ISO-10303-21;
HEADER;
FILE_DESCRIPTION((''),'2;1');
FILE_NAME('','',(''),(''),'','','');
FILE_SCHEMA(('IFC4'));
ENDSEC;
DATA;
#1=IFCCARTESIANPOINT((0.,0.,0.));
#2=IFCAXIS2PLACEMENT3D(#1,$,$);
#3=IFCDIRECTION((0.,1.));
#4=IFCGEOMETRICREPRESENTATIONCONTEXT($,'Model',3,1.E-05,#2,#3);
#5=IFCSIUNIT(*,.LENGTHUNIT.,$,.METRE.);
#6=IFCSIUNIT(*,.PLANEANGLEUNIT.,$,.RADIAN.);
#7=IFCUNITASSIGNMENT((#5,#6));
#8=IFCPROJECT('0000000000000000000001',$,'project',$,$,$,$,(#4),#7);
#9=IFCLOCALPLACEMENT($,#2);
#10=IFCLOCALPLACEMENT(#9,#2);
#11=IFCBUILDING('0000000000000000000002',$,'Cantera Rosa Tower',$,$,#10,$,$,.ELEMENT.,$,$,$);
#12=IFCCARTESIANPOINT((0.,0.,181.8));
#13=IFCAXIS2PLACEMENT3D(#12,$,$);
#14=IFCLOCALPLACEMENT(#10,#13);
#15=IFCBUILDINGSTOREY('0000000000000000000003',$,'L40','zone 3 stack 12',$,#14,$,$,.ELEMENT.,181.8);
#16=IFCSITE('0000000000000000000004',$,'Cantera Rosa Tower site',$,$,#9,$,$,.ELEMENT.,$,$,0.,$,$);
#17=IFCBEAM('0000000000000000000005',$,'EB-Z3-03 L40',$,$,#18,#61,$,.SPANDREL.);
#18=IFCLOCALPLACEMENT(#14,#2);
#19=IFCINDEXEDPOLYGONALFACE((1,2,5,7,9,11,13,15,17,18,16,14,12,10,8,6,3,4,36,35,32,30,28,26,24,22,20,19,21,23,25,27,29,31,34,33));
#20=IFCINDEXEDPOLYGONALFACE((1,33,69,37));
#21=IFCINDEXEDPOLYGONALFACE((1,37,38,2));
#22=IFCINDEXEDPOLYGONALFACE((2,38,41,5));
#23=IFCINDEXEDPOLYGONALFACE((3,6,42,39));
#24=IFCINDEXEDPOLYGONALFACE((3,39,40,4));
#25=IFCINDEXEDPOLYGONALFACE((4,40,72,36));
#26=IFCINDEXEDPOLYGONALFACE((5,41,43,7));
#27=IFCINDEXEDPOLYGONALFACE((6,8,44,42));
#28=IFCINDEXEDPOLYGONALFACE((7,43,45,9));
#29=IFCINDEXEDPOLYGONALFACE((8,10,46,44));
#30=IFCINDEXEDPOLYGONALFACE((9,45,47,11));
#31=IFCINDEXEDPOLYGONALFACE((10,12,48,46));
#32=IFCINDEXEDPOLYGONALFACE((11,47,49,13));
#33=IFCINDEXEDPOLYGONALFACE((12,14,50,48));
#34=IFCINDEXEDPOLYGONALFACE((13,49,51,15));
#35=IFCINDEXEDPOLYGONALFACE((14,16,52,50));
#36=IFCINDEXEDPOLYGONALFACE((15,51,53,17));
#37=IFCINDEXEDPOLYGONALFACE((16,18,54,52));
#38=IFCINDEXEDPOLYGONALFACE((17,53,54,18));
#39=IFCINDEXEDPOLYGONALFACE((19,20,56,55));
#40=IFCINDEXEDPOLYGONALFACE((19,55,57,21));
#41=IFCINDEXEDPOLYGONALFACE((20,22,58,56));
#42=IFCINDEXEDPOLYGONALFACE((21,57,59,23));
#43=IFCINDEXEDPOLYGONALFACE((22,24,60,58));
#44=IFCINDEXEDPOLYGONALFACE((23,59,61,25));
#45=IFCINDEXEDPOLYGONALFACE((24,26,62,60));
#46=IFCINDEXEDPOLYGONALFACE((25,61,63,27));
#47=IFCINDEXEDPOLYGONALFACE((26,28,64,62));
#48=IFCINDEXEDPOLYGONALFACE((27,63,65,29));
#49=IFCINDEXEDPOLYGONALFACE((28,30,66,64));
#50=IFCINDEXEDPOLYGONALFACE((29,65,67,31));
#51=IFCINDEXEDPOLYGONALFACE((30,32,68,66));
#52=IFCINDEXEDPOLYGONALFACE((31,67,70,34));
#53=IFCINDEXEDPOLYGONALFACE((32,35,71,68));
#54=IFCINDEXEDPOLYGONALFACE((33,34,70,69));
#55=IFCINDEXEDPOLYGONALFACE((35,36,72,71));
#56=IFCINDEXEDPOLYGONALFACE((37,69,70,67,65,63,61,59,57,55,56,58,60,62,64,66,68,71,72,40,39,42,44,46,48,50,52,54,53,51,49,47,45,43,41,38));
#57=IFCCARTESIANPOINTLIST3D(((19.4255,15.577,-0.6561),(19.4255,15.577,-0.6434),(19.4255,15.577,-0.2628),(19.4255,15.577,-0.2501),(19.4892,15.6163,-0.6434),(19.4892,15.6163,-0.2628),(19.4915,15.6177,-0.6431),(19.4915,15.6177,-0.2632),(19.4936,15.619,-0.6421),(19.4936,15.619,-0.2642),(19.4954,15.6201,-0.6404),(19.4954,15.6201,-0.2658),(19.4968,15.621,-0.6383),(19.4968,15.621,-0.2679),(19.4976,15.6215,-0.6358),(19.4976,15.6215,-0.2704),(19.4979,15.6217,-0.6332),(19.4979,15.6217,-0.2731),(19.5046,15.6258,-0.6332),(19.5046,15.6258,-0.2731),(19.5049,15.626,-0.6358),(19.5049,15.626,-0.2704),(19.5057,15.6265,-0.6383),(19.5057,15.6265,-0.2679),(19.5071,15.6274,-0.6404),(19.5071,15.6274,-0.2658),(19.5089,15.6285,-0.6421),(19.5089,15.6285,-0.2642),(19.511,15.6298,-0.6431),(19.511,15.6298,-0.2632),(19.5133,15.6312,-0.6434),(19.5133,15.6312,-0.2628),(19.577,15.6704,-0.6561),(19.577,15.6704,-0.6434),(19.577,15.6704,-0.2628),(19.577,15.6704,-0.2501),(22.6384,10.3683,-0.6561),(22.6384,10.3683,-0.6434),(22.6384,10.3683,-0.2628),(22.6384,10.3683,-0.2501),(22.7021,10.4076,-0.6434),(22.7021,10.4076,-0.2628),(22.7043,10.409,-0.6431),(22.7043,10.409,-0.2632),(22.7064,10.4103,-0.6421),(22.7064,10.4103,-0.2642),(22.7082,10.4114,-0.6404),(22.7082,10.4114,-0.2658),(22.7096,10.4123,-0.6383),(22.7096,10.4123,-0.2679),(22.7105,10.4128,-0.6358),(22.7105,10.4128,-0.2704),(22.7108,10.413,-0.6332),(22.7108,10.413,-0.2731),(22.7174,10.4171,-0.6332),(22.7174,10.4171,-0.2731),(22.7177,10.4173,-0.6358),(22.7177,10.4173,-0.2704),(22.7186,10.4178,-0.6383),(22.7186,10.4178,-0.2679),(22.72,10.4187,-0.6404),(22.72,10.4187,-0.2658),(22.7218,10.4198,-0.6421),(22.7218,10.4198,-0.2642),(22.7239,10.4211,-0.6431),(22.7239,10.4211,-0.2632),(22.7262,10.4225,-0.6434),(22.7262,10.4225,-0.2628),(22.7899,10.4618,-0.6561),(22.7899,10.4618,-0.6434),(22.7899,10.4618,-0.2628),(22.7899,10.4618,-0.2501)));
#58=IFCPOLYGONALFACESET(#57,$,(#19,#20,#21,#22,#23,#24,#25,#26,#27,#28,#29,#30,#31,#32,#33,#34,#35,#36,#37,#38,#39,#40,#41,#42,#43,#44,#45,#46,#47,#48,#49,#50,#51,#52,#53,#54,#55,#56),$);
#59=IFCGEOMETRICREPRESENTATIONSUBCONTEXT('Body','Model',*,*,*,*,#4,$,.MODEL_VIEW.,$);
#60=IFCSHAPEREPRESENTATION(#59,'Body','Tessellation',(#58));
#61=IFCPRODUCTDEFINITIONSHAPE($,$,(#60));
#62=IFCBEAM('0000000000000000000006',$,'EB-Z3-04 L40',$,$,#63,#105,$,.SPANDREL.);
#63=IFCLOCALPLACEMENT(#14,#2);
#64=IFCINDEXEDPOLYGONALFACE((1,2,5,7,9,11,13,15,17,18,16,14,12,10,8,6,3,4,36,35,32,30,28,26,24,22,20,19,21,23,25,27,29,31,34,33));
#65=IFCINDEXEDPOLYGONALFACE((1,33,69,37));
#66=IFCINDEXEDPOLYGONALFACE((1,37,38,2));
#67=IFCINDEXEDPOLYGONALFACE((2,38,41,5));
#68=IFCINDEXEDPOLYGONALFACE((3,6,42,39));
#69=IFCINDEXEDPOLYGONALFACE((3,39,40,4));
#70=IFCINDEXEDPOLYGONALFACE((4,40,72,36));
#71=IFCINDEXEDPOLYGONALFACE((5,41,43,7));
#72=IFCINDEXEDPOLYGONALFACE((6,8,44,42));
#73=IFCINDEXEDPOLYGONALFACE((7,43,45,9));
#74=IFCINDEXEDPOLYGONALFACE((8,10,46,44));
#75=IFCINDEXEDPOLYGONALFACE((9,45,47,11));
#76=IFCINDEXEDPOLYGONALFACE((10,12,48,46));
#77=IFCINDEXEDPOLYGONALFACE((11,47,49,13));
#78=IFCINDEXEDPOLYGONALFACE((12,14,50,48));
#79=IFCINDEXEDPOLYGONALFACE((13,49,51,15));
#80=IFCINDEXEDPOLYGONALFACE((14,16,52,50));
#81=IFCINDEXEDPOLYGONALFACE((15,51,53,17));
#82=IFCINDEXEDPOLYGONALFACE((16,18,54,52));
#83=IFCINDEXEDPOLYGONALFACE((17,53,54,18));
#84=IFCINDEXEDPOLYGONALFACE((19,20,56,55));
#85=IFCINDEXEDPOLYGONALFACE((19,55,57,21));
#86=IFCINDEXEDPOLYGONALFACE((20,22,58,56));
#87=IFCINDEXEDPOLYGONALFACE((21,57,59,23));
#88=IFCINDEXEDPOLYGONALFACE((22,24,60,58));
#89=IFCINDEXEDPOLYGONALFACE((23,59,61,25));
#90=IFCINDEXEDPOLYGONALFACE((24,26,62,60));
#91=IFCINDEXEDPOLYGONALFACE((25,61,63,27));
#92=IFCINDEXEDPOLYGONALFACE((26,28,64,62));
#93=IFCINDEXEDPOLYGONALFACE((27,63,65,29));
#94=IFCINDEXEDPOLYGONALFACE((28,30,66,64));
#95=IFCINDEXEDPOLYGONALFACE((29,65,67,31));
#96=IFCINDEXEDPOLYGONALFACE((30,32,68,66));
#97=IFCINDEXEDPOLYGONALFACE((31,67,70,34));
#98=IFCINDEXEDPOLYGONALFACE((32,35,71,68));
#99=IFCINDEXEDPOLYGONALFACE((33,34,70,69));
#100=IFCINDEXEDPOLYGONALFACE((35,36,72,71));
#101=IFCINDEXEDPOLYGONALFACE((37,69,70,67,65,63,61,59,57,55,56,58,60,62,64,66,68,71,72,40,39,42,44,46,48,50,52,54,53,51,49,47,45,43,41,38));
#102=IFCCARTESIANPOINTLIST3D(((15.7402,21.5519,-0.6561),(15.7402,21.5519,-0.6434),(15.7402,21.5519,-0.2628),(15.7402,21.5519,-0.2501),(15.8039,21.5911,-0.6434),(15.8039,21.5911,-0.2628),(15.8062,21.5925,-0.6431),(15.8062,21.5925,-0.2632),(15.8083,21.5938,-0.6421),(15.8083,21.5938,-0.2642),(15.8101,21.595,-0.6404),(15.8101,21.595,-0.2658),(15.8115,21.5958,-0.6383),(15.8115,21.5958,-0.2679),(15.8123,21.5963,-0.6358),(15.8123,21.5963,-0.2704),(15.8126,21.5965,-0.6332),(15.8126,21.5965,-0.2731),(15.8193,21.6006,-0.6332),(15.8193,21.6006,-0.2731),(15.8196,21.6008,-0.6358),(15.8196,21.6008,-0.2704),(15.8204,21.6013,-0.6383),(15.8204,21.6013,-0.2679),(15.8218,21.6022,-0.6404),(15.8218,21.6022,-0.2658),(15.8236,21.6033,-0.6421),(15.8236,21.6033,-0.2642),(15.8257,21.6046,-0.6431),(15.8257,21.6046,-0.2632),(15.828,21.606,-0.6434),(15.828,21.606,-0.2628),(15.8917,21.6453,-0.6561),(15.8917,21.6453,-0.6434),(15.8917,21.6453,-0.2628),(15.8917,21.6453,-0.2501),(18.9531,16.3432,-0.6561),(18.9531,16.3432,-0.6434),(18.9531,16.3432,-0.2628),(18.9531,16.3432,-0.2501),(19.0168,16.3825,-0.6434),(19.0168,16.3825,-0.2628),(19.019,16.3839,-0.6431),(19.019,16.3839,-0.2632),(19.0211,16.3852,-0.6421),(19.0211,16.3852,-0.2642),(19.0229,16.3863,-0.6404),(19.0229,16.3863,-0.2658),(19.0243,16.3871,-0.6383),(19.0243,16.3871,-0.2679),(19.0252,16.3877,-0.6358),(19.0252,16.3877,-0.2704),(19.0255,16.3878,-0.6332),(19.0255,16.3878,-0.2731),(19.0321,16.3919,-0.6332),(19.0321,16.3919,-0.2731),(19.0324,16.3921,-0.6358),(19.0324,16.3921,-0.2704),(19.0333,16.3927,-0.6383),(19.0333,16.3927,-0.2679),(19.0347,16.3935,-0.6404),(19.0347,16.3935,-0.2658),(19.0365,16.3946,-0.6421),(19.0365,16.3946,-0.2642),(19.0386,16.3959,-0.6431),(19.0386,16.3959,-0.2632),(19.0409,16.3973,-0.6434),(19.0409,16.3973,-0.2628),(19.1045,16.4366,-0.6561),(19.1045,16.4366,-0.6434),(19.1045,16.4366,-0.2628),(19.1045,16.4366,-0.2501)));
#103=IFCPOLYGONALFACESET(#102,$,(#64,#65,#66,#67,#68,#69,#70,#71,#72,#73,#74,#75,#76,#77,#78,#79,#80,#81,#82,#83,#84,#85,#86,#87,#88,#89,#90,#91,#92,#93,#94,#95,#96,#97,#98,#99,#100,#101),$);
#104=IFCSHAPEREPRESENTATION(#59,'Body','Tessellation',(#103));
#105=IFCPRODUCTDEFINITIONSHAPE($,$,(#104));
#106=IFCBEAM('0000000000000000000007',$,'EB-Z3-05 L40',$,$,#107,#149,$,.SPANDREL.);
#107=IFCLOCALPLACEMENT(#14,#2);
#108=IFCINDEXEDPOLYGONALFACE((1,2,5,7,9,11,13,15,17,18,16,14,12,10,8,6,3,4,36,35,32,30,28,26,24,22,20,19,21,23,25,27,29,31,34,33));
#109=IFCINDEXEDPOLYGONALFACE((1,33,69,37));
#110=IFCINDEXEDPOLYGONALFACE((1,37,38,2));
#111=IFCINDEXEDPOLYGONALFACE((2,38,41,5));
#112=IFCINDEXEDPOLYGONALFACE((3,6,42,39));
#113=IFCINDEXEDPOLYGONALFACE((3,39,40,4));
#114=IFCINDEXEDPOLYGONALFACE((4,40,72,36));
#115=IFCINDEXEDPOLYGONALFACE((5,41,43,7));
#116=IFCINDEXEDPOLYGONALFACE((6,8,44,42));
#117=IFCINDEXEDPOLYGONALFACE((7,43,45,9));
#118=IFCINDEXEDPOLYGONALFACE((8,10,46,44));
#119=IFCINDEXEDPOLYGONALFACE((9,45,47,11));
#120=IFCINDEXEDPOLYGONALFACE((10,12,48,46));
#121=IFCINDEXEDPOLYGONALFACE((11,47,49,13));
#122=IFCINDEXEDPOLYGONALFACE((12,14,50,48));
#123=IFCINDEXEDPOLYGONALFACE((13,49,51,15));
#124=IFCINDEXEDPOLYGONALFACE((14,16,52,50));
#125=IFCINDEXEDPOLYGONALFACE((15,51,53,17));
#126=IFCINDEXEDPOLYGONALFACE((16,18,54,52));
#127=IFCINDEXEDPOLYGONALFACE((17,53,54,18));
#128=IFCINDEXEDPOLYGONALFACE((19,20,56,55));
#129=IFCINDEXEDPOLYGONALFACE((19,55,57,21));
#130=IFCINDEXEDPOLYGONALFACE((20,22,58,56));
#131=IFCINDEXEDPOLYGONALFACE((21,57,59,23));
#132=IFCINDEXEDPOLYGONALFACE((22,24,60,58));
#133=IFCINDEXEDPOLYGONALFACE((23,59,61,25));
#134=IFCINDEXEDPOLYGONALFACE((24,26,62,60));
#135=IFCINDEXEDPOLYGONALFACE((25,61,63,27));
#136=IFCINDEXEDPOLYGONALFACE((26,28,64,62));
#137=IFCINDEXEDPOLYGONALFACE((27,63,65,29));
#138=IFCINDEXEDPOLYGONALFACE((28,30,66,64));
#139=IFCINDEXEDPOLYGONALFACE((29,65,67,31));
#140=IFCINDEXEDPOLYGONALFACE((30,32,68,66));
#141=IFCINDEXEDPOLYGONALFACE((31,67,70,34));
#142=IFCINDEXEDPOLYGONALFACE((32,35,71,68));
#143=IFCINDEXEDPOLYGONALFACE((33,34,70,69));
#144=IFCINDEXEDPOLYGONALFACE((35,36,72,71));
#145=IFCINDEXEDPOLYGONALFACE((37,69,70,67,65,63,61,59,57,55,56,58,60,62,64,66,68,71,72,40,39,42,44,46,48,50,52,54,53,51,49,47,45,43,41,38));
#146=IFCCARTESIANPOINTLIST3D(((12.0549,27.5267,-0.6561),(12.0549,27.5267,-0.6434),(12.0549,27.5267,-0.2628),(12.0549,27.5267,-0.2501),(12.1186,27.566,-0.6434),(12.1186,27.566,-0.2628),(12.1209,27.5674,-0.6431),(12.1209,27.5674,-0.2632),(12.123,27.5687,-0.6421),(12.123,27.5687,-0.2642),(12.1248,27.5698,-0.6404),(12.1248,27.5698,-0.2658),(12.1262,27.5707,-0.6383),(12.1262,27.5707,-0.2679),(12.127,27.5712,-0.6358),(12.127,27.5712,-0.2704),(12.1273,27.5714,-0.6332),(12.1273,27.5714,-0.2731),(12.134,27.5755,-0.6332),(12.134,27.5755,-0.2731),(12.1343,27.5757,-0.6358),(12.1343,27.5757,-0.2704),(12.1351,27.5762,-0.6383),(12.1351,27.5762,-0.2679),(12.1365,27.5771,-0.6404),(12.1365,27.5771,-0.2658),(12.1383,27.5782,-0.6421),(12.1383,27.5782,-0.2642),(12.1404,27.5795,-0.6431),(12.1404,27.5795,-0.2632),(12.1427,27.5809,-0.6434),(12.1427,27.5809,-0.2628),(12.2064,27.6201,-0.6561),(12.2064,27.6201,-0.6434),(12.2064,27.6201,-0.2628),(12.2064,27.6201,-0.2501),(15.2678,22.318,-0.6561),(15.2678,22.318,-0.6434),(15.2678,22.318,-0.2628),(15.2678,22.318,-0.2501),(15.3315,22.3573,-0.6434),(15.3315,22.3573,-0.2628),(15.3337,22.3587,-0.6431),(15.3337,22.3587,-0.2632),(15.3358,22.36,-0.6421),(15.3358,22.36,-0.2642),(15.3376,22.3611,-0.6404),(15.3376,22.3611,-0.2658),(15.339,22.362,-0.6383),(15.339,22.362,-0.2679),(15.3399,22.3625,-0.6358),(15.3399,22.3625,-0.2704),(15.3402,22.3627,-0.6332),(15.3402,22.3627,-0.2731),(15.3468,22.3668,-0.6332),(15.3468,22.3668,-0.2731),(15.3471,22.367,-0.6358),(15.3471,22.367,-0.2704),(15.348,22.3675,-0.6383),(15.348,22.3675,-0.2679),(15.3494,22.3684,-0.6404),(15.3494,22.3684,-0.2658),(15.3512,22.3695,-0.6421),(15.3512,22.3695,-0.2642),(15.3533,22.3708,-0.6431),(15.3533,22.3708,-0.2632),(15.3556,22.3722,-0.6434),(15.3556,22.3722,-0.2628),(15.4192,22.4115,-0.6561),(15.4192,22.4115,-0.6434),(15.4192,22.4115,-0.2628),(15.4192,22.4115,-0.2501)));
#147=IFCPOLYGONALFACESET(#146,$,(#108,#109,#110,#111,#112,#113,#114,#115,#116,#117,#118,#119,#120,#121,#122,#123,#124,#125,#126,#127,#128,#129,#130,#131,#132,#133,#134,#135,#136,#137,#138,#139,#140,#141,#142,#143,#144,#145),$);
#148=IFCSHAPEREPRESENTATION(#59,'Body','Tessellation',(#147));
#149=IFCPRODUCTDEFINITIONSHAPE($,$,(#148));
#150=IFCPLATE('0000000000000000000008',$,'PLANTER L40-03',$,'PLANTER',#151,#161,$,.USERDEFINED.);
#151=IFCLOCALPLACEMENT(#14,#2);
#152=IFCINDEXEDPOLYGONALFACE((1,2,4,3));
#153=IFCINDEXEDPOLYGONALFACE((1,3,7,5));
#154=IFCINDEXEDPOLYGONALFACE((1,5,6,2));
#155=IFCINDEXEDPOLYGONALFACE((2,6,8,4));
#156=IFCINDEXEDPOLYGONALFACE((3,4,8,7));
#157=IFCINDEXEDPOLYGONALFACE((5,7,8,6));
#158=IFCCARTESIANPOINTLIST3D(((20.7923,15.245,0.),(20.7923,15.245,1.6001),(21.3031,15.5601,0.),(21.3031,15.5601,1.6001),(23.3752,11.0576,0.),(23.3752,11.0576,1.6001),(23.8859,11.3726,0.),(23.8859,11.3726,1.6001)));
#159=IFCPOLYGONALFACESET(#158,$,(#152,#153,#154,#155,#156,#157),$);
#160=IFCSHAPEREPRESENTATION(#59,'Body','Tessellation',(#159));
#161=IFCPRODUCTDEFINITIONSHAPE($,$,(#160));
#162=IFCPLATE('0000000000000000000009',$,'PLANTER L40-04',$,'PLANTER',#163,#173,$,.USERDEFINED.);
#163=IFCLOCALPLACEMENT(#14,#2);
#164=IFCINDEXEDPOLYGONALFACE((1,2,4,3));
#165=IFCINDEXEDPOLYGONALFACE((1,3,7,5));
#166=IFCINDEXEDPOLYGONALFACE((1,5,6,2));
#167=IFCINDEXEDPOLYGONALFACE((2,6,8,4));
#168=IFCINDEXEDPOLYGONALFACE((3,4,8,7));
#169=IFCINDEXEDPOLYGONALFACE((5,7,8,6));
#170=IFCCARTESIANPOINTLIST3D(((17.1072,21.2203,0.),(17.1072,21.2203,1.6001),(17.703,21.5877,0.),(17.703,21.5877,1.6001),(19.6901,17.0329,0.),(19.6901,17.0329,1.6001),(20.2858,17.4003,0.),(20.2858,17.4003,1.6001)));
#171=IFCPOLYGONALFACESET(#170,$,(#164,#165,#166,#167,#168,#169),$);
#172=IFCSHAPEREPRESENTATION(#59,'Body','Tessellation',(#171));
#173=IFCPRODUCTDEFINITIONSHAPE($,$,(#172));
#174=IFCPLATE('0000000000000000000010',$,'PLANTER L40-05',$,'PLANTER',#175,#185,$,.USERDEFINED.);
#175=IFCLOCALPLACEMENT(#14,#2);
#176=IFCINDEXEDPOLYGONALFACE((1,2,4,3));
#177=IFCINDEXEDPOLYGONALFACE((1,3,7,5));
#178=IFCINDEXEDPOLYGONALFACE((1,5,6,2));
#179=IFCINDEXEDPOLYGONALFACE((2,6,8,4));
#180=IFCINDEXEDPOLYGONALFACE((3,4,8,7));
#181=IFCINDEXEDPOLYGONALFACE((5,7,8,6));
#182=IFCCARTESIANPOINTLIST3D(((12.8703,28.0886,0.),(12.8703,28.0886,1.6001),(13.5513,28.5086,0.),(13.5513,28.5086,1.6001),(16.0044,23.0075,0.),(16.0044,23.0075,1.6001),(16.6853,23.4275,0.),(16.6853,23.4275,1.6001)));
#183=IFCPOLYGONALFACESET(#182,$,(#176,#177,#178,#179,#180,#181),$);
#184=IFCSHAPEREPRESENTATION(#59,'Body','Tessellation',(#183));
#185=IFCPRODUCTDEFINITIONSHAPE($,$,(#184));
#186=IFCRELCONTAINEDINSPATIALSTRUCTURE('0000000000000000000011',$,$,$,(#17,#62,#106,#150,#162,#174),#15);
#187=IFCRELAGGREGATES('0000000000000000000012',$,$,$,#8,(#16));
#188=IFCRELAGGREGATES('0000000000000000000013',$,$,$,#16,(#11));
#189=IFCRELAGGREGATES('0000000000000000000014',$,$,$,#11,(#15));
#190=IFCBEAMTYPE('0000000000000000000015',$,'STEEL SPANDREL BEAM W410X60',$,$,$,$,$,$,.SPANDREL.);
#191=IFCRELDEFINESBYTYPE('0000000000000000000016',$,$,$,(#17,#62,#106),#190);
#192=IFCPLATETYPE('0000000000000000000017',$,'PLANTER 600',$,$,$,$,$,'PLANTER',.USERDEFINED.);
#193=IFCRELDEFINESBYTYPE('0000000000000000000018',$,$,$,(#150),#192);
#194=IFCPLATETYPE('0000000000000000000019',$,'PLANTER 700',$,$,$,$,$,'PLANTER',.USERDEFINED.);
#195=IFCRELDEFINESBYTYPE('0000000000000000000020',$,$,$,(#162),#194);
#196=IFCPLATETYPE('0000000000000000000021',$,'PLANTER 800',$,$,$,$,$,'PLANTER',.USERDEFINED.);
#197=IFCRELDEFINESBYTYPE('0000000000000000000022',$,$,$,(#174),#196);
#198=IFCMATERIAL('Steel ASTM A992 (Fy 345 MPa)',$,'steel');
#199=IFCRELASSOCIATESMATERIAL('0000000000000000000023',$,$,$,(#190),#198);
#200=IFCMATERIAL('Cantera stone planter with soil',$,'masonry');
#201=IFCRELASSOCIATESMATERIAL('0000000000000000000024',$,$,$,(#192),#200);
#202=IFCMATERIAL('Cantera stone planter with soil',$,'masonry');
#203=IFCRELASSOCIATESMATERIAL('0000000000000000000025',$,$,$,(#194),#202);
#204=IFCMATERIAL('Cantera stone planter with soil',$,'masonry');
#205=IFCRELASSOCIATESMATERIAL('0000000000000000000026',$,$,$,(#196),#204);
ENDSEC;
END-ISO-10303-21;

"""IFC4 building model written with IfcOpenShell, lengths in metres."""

from ifc_helpers import new_model, si_unit, direction, frame, origin, origin_2d, place, context, subcontext, project, spatial, rectangle, i_section, extrude, material, material_profile, profile_set, type_object, element, save


model = new_model("IFC4")

# Units and contexts
model_context = context("Model", 3, precision=1e-05, world=origin(), true_north=direction((0.0, 1.0)))
body_context = subcontext(model_context, "Body", "Model", "MODEL_VIEW")
ifc_project = project(units=[si_unit("LENGTHUNIT", "METRE"), si_unit("PLANEANGLEUNIT", "RADIAN")], contexts=[model_context])

# Site, building, storey
site_placement = place(None, origin())
site = spatial("IfcSite", under=ifc_project, at=site_placement, Name="Cantera Rosa Tower site", CompositionType="ELEMENT", RefElevation=0.0)
building_placement = place(site_placement, origin())
building = spatial("IfcBuilding", under=site, at=building_placement, Name="Cantera Rosa Tower", CompositionType="ELEMENT")
storey_placement = place(building_placement, frame((0.0, 0.0, 181.8)))
storey = spatial("IfcBuildingStorey", under=building, at=storey_placement, Name="L40", Description="zone 3 stack 12", CompositionType="ELEMENT", Elevation=181.8)

# Beams
ifc_material_1 = material(Name="Steel ASTM A992 (Fy 345 MPa)", Category="steel")
ifc_material_profile_1 = material_profile(ifc_material_1, i_section(OverallWidth=0.178, OverallDepth=0.406, WebThickness=0.0078, FlangeThickness=0.0127, FilletRadius=0.0103, at=origin_2d()), Name="W410X60")
ifc_profile_set_1 = profile_set([ifc_material_profile_1], Name="Steel ASTM A992 (Fy 345 MPa)")
beam_type_1 = type_object("IfcBeamType", Name="STEEL SPANDREL BEAM W410X60", PredefinedType="SPANDREL", material=ifc_profile_set_1)
for number, where, z_axis, x_axis, name in (
    (1, (22.7141, 10.415, -0.4531), (-0.524987, 0.85111, 0.0), (-0.85111, -0.524987, 0.0), "EB-Z3-03 L40"),
    (2, (19.0288, 16.3899, -0.4531), (-0.524987, 0.85111, 0.0), (-0.85111, -0.524987, 0.0), "EB-Z3-04 L40"),
    (3, (15.3435, 22.3647, -0.4531), (-0.524987, 0.85111, 0.0), (-0.85111, -0.524987, 0.0), "EB-Z3-05 L40"),
):
    element("IfcBeam", number, at=place(storey_placement, frame(where, z_axis=z_axis, x_axis=x_axis)), inside=storey, type_object=beam_type_1, Name=name, PredefinedType="SPANDREL", context=body_context, shape_type="SweptSolid", body=[
        extrude(i_section(OverallWidth=0.178, OverallDepth=0.406, WebThickness=0.0078, FlangeThickness=0.0127, FilletRadius=0.0103, at=origin_2d()), origin(), (0.0, 0.0, 1.0), 6.1199),
    ])

# Plates
ifc_material_2 = material(Name="Cantera stone planter with soil", Category="masonry")
plate_type_1 = type_object("IfcPlateType", Name="PLANTER 600", ElementType="PLANTER", PredefinedType="USERDEFINED", material=ifc_material_2)
plate_1_placement = place(storey_placement, frame((22.3391, 13.3088, 0.0), z_axis=(0.0, 0.0, 1.0), x_axis=(-0.524977, 0.851117, 0.0)))
element("IfcPlate", 4, at=plate_1_placement, inside=storey, type_object=plate_type_1, Name="PLANTER L40-03", ObjectType="PLANTER", PredefinedType="USERDEFINED", context=body_context, shape_type="SweptSolid", body=[
    extrude(rectangle(XDim=4.9199, YDim=0.6001, at=origin_2d()), origin(), (0.0, 0.0, 1.0), 1.6001),
])
ifc_material_3 = material(Name="Cantera stone planter with soil", Category="masonry")
plate_type_2 = type_object("IfcPlateType", Name="PLANTER 700", ElementType="PLANTER", PredefinedType="USERDEFINED", material=ifc_material_3)
plate_2_placement = place(storey_placement, frame((18.6965, 19.3103, 0.0), z_axis=(0.0, 0.0, 1.0), x_axis=(-0.524977, 0.851117, 0.0)))
element("IfcPlate", 5, at=plate_2_placement, inside=storey, type_object=plate_type_2, Name="PLANTER L40-04", ObjectType="PLANTER", PredefinedType="USERDEFINED", context=body_context, shape_type="SweptSolid", body=[
    extrude(rectangle(XDim=4.9199, YDim=0.7, at=origin_2d()), origin(), (0.0, 0.0, 1.0), 1.6001),
])
ifc_material_4 = material(Name="Cantera stone planter with soil", Category="masonry")
plate_type_3 = type_object("IfcPlateType", Name="PLANTER 800", ElementType="PLANTER", PredefinedType="USERDEFINED", material=ifc_material_4)
plate_3_placement = place(storey_placement, frame((14.7778, 25.7581, 0.0), z_axis=(0.0, 0.0, 1.0), x_axis=(-0.524977, 0.851117, 0.0)))
element("IfcPlate", 6, at=plate_3_placement, inside=storey, type_object=plate_type_3, Name="PLANTER L40-05", ObjectType="PLANTER", PredefinedType="USERDEFINED", context=body_context, shape_type="SweptSolid", body=[
    extrude(rectangle(XDim=5.97, YDim=0.8, at=origin_2d()), origin(), (0.0, 0.0, 1.0), 1.6001),
])

save(model, "model.ifc")
